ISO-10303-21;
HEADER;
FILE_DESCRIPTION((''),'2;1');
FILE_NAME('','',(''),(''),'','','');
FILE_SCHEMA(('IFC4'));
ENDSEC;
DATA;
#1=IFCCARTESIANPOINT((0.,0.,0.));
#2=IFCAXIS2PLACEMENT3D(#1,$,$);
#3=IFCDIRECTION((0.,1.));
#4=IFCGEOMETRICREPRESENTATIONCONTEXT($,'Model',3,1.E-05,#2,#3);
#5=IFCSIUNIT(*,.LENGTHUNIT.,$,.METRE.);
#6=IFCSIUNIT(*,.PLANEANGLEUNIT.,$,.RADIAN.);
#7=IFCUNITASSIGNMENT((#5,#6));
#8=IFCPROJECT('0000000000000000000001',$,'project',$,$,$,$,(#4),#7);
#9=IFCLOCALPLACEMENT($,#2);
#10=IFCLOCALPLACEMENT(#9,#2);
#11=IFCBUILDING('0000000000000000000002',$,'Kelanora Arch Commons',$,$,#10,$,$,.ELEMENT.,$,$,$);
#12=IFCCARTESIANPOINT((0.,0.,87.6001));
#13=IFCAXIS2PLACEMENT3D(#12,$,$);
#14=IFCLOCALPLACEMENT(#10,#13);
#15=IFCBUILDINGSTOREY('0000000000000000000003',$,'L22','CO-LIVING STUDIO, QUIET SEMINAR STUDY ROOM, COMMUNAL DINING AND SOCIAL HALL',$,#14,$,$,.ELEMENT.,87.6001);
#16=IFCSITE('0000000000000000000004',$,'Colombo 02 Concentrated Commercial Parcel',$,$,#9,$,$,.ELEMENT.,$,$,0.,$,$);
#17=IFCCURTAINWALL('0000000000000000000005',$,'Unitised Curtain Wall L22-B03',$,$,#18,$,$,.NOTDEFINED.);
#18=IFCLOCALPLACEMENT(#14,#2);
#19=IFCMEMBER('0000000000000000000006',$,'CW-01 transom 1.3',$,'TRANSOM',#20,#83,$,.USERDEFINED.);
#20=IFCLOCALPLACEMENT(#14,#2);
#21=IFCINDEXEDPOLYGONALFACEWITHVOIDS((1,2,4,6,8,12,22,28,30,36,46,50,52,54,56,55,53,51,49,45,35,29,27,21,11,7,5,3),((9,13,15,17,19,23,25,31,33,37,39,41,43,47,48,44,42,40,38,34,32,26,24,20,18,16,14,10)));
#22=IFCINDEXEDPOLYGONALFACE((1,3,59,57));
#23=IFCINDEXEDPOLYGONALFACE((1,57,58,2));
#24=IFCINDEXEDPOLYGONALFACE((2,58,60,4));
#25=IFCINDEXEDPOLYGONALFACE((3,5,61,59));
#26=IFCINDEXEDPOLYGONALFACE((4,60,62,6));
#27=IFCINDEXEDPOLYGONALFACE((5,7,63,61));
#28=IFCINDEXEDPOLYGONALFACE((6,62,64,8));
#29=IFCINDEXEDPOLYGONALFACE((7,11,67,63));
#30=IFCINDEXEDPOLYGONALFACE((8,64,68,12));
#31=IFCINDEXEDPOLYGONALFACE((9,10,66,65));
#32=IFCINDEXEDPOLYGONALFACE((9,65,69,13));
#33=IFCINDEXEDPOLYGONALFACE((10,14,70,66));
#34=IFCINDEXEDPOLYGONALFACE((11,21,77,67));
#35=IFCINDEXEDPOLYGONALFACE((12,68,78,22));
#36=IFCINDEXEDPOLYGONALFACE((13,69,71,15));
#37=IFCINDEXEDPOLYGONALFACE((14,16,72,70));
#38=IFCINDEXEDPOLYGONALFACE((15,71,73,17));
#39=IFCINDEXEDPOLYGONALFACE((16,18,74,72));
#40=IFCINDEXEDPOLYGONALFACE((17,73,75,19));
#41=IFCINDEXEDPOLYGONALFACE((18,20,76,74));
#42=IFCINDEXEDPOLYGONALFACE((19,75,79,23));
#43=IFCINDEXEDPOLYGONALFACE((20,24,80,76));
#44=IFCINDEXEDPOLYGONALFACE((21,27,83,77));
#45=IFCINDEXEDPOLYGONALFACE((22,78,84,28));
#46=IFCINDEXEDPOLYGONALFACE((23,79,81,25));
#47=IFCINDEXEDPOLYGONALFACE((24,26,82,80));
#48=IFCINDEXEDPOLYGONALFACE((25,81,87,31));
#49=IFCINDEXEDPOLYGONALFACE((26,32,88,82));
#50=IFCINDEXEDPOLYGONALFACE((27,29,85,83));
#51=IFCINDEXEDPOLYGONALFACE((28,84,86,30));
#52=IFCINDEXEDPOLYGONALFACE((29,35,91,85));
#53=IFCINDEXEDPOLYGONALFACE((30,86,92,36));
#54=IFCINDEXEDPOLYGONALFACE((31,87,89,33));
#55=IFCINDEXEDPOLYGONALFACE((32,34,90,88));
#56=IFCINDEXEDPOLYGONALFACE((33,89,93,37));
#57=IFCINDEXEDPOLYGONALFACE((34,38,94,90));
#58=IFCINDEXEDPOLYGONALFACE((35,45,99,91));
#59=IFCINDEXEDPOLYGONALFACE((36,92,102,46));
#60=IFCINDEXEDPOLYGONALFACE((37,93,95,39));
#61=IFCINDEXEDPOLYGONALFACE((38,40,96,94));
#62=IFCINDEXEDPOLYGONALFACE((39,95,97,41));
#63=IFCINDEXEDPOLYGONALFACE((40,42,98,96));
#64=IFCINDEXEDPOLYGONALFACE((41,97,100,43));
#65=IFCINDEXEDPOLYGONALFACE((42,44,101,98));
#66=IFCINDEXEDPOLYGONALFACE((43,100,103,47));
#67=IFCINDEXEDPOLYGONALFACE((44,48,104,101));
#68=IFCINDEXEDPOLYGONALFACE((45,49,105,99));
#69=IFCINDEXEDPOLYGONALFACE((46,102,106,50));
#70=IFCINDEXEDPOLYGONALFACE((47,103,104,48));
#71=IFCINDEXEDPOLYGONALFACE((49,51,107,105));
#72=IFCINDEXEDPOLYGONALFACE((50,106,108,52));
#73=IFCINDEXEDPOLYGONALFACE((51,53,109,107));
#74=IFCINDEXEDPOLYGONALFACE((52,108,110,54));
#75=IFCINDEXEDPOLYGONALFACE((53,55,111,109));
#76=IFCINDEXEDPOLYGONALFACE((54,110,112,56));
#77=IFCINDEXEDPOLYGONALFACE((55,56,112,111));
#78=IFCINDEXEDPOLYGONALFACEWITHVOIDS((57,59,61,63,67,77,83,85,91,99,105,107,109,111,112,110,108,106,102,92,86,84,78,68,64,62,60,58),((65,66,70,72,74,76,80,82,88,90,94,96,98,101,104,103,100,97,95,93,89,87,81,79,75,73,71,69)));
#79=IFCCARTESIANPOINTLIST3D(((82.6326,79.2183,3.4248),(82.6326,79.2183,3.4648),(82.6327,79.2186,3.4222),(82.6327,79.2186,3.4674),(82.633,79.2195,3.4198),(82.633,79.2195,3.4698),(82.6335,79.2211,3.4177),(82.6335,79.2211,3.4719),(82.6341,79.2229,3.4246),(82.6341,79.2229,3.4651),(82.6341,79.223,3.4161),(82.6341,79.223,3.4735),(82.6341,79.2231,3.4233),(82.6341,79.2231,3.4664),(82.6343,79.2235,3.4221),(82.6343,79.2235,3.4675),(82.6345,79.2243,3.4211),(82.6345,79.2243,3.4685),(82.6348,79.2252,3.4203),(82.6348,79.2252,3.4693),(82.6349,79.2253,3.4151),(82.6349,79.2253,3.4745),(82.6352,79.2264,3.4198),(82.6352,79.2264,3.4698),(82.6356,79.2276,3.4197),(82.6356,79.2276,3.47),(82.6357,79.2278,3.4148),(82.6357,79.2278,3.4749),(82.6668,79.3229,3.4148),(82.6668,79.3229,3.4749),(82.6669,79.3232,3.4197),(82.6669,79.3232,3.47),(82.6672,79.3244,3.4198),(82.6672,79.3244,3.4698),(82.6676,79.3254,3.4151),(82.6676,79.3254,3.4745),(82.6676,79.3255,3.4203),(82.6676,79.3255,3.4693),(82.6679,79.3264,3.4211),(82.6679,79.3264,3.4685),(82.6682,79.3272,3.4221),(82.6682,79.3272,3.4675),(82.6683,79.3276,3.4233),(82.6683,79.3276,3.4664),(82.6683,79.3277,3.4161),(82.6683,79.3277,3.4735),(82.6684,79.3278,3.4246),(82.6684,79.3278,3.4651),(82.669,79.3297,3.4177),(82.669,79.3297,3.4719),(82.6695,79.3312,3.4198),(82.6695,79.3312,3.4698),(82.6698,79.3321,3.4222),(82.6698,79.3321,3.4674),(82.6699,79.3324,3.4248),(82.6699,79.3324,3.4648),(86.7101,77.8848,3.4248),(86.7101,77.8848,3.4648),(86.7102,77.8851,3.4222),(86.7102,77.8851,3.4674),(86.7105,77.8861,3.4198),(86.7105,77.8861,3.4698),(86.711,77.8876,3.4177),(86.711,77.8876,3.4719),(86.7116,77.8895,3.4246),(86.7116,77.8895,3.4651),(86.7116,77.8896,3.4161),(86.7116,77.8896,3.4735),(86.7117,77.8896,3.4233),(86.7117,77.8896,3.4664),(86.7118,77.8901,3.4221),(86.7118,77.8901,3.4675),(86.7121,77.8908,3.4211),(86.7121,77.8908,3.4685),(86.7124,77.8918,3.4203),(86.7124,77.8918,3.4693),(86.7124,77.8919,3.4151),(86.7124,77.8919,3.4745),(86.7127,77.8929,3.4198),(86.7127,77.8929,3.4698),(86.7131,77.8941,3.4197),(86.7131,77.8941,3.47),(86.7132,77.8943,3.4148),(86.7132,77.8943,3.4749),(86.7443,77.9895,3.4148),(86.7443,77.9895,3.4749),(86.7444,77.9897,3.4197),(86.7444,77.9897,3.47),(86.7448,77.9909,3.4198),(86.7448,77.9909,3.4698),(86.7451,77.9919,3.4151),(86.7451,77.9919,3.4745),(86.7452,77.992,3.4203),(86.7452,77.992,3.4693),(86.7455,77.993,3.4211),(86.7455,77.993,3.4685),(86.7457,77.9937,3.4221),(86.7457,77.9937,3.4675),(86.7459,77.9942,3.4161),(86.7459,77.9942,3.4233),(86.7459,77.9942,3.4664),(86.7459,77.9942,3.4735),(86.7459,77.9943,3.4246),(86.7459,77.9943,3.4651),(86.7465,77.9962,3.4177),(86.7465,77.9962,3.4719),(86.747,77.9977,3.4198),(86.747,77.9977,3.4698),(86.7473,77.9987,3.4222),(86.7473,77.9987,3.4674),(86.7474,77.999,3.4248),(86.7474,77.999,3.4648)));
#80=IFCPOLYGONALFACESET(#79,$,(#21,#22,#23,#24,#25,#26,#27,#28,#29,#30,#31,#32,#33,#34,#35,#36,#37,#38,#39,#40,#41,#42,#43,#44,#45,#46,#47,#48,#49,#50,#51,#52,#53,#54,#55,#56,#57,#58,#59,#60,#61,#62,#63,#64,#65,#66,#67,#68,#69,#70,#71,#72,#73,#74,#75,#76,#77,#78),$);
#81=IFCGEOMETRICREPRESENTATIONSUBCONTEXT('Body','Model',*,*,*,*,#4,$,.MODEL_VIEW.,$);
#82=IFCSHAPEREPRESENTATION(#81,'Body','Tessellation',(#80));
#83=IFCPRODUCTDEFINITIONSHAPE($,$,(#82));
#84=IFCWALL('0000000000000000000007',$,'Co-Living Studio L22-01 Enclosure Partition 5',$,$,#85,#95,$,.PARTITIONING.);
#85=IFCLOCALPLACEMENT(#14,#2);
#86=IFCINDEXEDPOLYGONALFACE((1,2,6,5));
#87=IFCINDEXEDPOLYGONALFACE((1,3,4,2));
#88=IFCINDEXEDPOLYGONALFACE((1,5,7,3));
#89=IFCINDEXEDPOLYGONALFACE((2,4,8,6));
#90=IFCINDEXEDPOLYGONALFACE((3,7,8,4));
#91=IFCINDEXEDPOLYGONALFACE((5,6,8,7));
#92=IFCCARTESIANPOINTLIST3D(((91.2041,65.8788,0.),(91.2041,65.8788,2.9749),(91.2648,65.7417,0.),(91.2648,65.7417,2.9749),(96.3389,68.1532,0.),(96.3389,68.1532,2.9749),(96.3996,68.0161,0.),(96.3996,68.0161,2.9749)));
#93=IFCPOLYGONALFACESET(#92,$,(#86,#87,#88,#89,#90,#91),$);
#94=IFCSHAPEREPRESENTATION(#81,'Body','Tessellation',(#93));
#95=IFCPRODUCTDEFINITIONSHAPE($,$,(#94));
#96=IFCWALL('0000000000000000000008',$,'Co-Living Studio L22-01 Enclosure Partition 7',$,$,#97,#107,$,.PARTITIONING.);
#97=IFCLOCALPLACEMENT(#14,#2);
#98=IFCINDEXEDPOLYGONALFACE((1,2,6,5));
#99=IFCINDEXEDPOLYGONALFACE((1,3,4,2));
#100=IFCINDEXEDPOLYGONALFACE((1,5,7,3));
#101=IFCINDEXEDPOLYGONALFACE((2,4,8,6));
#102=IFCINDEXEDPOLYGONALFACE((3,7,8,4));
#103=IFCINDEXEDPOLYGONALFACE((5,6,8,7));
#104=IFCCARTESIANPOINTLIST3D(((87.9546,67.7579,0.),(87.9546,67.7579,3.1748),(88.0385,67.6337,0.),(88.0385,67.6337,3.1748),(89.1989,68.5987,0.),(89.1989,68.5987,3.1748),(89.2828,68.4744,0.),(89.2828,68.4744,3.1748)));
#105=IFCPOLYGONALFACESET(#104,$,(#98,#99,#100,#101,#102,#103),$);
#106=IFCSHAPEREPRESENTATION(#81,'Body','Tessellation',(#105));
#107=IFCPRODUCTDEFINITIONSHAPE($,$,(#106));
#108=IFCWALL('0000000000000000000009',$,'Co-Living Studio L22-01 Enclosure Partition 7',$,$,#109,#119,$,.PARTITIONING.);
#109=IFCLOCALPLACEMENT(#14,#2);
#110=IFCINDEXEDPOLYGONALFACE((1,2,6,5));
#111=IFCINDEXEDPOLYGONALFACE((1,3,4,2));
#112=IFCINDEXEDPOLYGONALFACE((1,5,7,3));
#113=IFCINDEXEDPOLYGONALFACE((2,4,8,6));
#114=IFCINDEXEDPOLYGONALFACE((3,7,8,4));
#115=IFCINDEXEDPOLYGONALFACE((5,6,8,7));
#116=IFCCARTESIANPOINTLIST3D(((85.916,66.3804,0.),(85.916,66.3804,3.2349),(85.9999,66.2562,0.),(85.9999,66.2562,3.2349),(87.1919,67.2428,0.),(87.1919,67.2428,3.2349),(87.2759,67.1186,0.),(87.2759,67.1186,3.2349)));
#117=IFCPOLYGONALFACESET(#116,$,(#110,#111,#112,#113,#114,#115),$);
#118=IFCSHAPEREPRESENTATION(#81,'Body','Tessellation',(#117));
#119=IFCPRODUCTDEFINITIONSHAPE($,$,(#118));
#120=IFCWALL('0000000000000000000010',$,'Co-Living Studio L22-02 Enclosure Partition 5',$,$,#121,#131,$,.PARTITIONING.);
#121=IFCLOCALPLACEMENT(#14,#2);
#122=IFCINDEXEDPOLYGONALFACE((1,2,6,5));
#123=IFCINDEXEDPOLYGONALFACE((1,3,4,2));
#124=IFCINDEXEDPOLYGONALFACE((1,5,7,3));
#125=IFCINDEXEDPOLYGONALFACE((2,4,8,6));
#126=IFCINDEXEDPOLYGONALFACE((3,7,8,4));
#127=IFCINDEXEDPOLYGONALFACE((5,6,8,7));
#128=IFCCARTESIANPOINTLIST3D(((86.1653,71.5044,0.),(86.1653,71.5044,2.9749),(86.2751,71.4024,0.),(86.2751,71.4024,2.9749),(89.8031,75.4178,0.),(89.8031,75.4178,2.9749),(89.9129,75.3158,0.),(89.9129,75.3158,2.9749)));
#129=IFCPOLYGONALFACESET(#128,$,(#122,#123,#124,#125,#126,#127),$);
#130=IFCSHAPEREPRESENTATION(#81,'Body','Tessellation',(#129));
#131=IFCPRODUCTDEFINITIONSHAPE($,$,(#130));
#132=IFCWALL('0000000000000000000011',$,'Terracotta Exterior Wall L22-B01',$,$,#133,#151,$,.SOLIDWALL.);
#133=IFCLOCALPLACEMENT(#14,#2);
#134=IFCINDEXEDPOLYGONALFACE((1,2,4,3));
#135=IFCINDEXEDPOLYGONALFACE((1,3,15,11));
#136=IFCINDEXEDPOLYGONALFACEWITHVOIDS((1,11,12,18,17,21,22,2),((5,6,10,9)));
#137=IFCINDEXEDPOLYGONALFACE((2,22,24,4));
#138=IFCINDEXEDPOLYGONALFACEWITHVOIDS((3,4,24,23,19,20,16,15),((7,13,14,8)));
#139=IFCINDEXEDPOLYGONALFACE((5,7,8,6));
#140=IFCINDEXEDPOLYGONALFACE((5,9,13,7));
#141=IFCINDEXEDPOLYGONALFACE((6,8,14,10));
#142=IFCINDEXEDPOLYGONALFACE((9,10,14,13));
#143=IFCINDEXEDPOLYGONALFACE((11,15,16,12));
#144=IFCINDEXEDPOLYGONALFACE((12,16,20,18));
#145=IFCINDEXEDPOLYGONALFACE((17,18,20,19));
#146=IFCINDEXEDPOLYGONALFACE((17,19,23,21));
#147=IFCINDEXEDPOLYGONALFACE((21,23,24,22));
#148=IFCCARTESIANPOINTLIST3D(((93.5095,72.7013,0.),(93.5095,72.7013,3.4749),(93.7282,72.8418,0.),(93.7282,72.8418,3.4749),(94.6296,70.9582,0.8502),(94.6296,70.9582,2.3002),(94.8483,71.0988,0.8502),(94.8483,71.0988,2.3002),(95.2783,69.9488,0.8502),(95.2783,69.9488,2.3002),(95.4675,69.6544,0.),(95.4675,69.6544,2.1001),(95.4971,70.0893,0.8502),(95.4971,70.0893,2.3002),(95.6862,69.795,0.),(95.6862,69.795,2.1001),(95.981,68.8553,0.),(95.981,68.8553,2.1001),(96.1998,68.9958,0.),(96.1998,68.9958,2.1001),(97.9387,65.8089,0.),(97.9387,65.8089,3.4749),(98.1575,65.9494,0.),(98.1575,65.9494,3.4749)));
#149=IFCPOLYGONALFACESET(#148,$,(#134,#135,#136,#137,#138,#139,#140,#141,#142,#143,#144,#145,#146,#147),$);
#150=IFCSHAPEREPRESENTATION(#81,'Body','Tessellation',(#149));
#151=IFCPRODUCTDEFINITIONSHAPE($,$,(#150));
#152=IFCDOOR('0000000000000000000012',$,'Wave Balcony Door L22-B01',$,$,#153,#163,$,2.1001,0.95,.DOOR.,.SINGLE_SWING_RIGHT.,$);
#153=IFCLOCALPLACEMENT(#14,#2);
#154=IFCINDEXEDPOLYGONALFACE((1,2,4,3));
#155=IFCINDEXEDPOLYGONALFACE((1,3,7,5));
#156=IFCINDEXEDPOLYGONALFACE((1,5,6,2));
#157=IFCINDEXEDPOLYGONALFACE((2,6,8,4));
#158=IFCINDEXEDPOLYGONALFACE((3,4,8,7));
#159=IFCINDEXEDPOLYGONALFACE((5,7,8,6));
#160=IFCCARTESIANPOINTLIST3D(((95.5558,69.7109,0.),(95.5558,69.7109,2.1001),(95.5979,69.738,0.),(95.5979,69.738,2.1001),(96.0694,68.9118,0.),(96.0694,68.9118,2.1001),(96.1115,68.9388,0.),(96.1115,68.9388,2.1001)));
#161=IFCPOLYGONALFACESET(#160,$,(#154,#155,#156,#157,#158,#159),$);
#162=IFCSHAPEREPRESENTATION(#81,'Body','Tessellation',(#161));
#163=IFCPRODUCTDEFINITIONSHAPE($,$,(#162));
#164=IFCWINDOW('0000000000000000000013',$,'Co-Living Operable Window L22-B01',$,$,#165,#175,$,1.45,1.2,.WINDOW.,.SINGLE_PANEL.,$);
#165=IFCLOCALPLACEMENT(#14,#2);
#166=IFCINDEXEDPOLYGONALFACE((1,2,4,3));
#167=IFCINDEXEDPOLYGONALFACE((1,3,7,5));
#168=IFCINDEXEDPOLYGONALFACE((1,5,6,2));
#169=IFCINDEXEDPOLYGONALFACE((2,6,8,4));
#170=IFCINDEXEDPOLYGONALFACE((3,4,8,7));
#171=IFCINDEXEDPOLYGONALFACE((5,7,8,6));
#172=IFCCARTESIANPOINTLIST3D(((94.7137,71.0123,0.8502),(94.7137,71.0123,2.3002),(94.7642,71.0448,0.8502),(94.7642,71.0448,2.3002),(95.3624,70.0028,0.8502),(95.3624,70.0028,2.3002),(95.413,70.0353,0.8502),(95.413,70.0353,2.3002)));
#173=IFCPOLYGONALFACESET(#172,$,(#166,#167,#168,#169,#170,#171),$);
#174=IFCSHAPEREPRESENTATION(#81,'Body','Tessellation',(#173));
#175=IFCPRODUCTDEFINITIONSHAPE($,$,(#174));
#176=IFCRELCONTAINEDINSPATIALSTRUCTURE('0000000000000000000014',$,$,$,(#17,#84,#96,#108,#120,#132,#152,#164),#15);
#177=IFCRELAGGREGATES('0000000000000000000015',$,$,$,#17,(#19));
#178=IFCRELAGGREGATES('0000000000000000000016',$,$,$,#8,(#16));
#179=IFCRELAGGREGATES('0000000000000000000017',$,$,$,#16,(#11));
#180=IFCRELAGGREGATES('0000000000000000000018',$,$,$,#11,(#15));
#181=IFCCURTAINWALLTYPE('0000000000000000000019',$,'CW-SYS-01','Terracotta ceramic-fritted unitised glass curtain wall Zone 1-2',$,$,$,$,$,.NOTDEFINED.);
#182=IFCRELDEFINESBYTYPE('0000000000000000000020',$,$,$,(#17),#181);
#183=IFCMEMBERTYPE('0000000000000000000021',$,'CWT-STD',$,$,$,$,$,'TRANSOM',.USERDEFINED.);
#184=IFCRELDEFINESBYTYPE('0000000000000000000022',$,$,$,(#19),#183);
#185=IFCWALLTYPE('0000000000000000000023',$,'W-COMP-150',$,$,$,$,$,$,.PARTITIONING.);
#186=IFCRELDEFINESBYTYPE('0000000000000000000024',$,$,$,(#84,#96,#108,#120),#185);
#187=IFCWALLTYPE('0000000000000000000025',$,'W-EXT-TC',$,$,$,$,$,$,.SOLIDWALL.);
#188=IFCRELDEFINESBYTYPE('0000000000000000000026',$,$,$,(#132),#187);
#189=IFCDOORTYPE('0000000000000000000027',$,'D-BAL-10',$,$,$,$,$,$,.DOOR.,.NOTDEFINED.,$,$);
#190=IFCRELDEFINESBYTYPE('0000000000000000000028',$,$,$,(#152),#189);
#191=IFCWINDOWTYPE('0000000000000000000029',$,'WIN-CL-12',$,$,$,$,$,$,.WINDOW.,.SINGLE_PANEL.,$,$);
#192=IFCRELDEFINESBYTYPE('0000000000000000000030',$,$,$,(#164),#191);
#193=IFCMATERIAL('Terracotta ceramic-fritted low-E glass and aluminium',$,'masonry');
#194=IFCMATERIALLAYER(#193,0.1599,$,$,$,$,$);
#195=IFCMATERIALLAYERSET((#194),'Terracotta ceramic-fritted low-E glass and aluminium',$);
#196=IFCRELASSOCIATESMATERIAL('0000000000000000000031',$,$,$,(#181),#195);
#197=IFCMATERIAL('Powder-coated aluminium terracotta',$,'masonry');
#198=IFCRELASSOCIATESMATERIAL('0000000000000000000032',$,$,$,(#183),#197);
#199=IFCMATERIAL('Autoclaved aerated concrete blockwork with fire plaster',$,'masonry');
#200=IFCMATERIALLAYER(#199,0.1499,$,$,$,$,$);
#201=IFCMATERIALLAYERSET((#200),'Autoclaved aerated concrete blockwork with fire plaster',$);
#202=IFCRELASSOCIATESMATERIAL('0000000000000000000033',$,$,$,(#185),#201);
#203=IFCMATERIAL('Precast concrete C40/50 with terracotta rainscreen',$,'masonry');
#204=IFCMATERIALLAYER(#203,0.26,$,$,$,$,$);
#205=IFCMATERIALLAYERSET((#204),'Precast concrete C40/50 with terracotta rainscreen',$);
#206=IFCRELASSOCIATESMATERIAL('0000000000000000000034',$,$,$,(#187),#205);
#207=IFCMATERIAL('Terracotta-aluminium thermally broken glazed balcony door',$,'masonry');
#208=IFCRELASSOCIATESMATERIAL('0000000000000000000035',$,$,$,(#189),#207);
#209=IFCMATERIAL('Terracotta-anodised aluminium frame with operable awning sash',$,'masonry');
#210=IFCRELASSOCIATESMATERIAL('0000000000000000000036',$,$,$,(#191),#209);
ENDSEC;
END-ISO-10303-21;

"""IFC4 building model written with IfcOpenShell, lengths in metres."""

from ifc_helpers import new_model, si_unit, direction, frame, frame_2d, origin, origin_2d, place, context, subcontext, project, spatial, rectangle, hollow_rectangle, extrude, material, layer, layer_set, material_profile, profile_set, type_object, element, fill, aggregate, save


model = new_model("IFC4")

# Units and contexts
model_context = context("Model", 3, precision=1e-05, world=origin(), true_north=direction((0.0, 1.0)))
body_context = subcontext(model_context, "Body", "Model", "MODEL_VIEW")
ifc_project = project(units=[si_unit("LENGTHUNIT", "METRE"), si_unit("PLANEANGLEUNIT", "RADIAN")], contexts=[model_context])

# Site, building, storey
site_placement = place(None, origin())
site = spatial("IfcSite", under=ifc_project, at=site_placement, Name="Colombo 02 Concentrated Commercial Parcel", CompositionType="ELEMENT", RefElevation=0.0)
building_placement = place(site_placement, origin())
building = spatial("IfcBuilding", under=site, at=building_placement, Name="Kelanora Arch Commons", CompositionType="ELEMENT")
storey_placement = place(building_placement, frame((0.0, 0.0, 87.6001)))
storey = spatial("IfcBuildingStorey", under=building, at=storey_placement, Name="L22", Description="CO-LIVING STUDIO, QUIET SEMINAR STUDY ROOM, COMMUNAL DINING AND SOCIAL HALL", CompositionType="ELEMENT", Elevation=87.6001)

# Shared definitions
ifc_material_1 = material(Name="Terracotta ceramic-fritted low-E glass and aluminium", Category="masonry")
ifc_layer_1 = layer(ifc_material_1, 0.1599)
ifc_layer_set_1 = layer_set([ifc_layer_1], Name="Terracotta ceramic-fritted low-E glass and aluminium")
curtain_wall_type = type_object("IfcCurtainWallType", Name="CW-SYS-01", Description="Terracotta ceramic-fritted unitised glass curtain wall Zone 1-2", PredefinedType="NOTDEFINED", material=ifc_layer_set_1)
ifc_material_2 = material(Name="Powder-coated aluminium terracotta", Category="masonry")

# Curtain wall, member
curtain_wall_1_placement = place(storey_placement, origin())
curtain_wall_1 = element("IfcCurtainWall", 1, at=curtain_wall_1_placement, inside=storey, type_object=curtain_wall_type, Name="Unitised Curtain Wall L22-B03", PredefinedType="NOTDEFINED")
ifc_material_profile_1 = material_profile(ifc_material_2, hollow_rectangle(XDim=0.1201, YDim=0.0601, WallThickness=0.0049, InnerFilletRadius=0.0049, OuterFilletRadius=0.01, at=origin_2d()), Name="CWT120x60")
ifc_profile_set_1 = profile_set([ifc_material_profile_1], Name="Powder-coated aluminium terracotta")
member_type_1 = type_object("IfcMemberType", Name="CWT-STD", ElementType="TRANSOM", PredefinedType="USERDEFINED", material=ifc_profile_set_1)
member_1_placement = place(storey_placement, frame((86.7288, 77.9419, 3.4448), z_axis=(-0.950466, 0.310828, 0.0), x_axis=(-0.310828, -0.950466, 0.0)))
member_1 = element("IfcMember", 2, at=member_1_placement, type_object=member_type_1, Name="CW-01 transom 1.3", ObjectType="TRANSOM", PredefinedType="USERDEFINED", context=body_context, shape_type="SweptSolid", body=[
    extrude(hollow_rectangle(XDim=0.1201, YDim=0.0601, WallThickness=0.0049, InnerFilletRadius=0.0049, OuterFilletRadius=0.01, at=origin_2d()), origin(), (0.0, 0.0, 1.0), 4.29),
])
aggregate(curtain_wall_1, [member_1])

# Walls
ifc_material_3 = material(Name="Autoclaved aerated concrete blockwork with fire plaster", Category="masonry")
ifc_layer_2 = layer(ifc_material_3, 0.1499)
ifc_layer_set_2 = layer_set([ifc_layer_2], Name="Autoclaved aerated concrete blockwork with fire plaster")
wall_type_1 = type_object("IfcWallType", Name="W-COMP-150", PredefinedType="PARTITIONING", material=ifc_layer_set_2)
wall_1_placement = place(storey_placement, frame((96.3694, 68.0847, 0.0), z_axis=(0.0, 0.0, 1.0), x_axis=(-0.91432, -0.404993, 0.0)))
element("IfcWall", 3, at=wall_1_placement, inside=storey, type_object=wall_type_1, Name="Co-Living Studio L22-01 Enclosure Partition 5", PredefinedType="PARTITIONING", context=body_context, shape_type="SweptSolid", body=[
    extrude(rectangle(XDim=5.616, YDim=0.1499, at=frame_2d((2.8081, 0.0))), origin(), (0.0, 0.0, 1.0), 2.9749),
])
wall_2_placement = place(storey_placement, frame((89.241, 68.5366, 0.0), z_axis=(0.0, 0.0, 1.0), x_axis=(-0.828583, -0.559866, 0.0)))
element("IfcWall", 4, at=wall_2_placement, inside=storey, type_object=wall_type_1, Name="Co-Living Studio L22-01 Enclosure Partition 7", PredefinedType="PARTITIONING", context=body_context, shape_type="SweptSolid", body=[
    extrude(rectangle(XDim=1.5017, YDim=0.1499, at=frame_2d((0.751, 0.0))), origin(), (0.0, 0.0, 1.0), 3.1748),
])
wall_3_placement = place(storey_placement, frame((87.2339, 67.1807, 0.0), z_axis=(0.0, 0.0, 1.0), x_axis=(-0.828521, -0.559957, 0.0)))
element("IfcWall", 5, at=wall_3_placement, inside=storey, type_object=wall_type_1, Name="Co-Living Studio L22-01 Enclosure Partition 7", PredefinedType="PARTITIONING", context=body_context, shape_type="SweptSolid", body=[
    extrude(rectangle(XDim=1.54, YDim=0.1499, at=frame_2d((0.77, 0.0))), origin(), (0.0, 0.0, 1.0), 3.2349),
])
wall_4_placement = place(storey_placement, frame((89.8579, 75.3667, 0.0), z_axis=(0.0, 0.0, 1.0), x_axis=(-0.680842, -0.73243, 0.0)))
element("IfcWall", 6, at=wall_4_placement, inside=storey, type_object=wall_type_1, Name="Co-Living Studio L22-02 Enclosure Partition 5", PredefinedType="PARTITIONING", context=body_context, shape_type="SweptSolid", body=[
    extrude(rectangle(XDim=5.343, YDim=0.1499, at=frame_2d((2.6714, 0.0))), origin(), (0.0, 0.0, 1.0), 2.9749),
])

# Wall, openings, door, window
ifc_material_4 = material(Name="Precast concrete C40/50 with terracotta rainscreen", Category="masonry")
ifc_layer_3 = layer(ifc_material_4, 0.26)
ifc_layer_set_3 = layer_set([ifc_layer_3], Name="Precast concrete C40/50 with terracotta rainscreen")
wall_type_2 = type_object("IfcWallType", Name="W-EXT-TC", PredefinedType="SOLIDWALL", material=ifc_layer_set_3)
wall_5_placement = place(storey_placement, frame((98.0481, 65.8792, 0.0), z_axis=(0.0, 0.0, 1.0), x_axis=(-0.540621, 0.841267, 0.0)))
wall_5 = element("IfcWall", 7, at=wall_5_placement, inside=storey, type_object=wall_type_2, Name="Terracotta Exterior Wall L22-B01", PredefinedType="SOLIDWALL", context=body_context, shape_type="SweptSolid", body=[
    extrude(rectangle(XDim=8.1929, YDim=0.26, at=frame_2d((4.0964, 0.0))), origin(), (0.0, 0.0, 1.0), 3.4749),
])
opening_1_placement = place(wall_5_placement, frame((3.6211, 0.0, 0.0)))
opening_1 = element("IfcOpeningElement", 8, at=opening_1_placement, cuts=wall_5, PredefinedType="OPENING", context=body_context, shape_type="SweptSolid", body=[
    extrude(rectangle(XDim=0.95, YDim=2.1001, at=frame_2d((0.4751, 1.05))), frame((0.0, 0.1401, 0.0), z_axis=(0.0, -1.0, 0.0), x_axis=(1.0, 0.0, 0.0)), (0.0, 0.0, 1.0), 0.28),
])
opening_2_placement = place(wall_5_placement, frame((4.9209, 0.0, 0.8501)))
opening_2 = element("IfcOpeningElement", 9, at=opening_2_placement, cuts=wall_5, PredefinedType="OPENING", context=body_context, shape_type="SweptSolid", body=[
    extrude(rectangle(XDim=1.2, YDim=1.45, at=frame_2d((0.6001, 0.7251))), frame((0.0, 0.1401, 0.0), z_axis=(0.0, -1.0, 0.0), x_axis=(1.0, 0.0, 0.0)), (0.0, 0.0, 1.0), 0.28),
])
ifc_material_5 = material(Name="Terracotta-aluminium thermally broken glazed balcony door", Category="masonry")
door_type = type_object("IfcDoorType", Name="D-BAL-10", OperationType="NOTDEFINED", PredefinedType="DOOR", material=ifc_material_5)
door_1_placement = place(opening_1_placement, frame((0.95, 0.0, 0.0), z_axis=(0.0, 0.0, 1.0), x_axis=(-1.0, 0.0, 0.0)))
door_1 = element("IfcDoor", 10, at=door_1_placement, inside=storey, type_object=door_type, Name="Wave Balcony Door L22-B01", OperationType="SINGLE_SWING_RIGHT", OverallHeight=2.1001, OverallWidth=0.95, PredefinedType="DOOR", context=body_context, shape_type="SweptSolid", body=[
    extrude(rectangle(XDim=0.95, YDim=2.1001, at=frame_2d((0.4751, 1.05))), frame((0.0, 0.0249, 0.0), z_axis=(0.0, -1.0, 0.0), x_axis=(1.0, 0.0, 0.0)), (0.0, 0.0, 1.0), 0.05),
])
fill(opening_1, door_1)
ifc_material_6 = material(Name="Terracotta-anodised aluminium frame with operable awning sash", Category="masonry")
window_type = type_object("IfcWindowType", Name="WIN-CL-12", PartitioningType="SINGLE_PANEL", PredefinedType="WINDOW", material=ifc_material_6)
window_1_placement = place(opening_2_placement, origin())
window_1 = element("IfcWindow", 11, at=window_1_placement, inside=storey, type_object=window_type, Name="Co-Living Operable Window L22-B01", OverallHeight=1.45, OverallWidth=1.2, PartitioningType="SINGLE_PANEL", PredefinedType="WINDOW", context=body_context, shape_type="SweptSolid", body=[
    extrude(rectangle(XDim=1.2, YDim=1.45, at=frame_2d((0.6001, 0.7251))), frame((0.0, 0.03, 0.0), z_axis=(0.0, -1.0, 0.0), x_axis=(1.0, 0.0, 0.0)), (0.0, 0.0, 1.0), 0.0601),
])
fill(opening_2, window_1)

save(model, "model.ifc")
